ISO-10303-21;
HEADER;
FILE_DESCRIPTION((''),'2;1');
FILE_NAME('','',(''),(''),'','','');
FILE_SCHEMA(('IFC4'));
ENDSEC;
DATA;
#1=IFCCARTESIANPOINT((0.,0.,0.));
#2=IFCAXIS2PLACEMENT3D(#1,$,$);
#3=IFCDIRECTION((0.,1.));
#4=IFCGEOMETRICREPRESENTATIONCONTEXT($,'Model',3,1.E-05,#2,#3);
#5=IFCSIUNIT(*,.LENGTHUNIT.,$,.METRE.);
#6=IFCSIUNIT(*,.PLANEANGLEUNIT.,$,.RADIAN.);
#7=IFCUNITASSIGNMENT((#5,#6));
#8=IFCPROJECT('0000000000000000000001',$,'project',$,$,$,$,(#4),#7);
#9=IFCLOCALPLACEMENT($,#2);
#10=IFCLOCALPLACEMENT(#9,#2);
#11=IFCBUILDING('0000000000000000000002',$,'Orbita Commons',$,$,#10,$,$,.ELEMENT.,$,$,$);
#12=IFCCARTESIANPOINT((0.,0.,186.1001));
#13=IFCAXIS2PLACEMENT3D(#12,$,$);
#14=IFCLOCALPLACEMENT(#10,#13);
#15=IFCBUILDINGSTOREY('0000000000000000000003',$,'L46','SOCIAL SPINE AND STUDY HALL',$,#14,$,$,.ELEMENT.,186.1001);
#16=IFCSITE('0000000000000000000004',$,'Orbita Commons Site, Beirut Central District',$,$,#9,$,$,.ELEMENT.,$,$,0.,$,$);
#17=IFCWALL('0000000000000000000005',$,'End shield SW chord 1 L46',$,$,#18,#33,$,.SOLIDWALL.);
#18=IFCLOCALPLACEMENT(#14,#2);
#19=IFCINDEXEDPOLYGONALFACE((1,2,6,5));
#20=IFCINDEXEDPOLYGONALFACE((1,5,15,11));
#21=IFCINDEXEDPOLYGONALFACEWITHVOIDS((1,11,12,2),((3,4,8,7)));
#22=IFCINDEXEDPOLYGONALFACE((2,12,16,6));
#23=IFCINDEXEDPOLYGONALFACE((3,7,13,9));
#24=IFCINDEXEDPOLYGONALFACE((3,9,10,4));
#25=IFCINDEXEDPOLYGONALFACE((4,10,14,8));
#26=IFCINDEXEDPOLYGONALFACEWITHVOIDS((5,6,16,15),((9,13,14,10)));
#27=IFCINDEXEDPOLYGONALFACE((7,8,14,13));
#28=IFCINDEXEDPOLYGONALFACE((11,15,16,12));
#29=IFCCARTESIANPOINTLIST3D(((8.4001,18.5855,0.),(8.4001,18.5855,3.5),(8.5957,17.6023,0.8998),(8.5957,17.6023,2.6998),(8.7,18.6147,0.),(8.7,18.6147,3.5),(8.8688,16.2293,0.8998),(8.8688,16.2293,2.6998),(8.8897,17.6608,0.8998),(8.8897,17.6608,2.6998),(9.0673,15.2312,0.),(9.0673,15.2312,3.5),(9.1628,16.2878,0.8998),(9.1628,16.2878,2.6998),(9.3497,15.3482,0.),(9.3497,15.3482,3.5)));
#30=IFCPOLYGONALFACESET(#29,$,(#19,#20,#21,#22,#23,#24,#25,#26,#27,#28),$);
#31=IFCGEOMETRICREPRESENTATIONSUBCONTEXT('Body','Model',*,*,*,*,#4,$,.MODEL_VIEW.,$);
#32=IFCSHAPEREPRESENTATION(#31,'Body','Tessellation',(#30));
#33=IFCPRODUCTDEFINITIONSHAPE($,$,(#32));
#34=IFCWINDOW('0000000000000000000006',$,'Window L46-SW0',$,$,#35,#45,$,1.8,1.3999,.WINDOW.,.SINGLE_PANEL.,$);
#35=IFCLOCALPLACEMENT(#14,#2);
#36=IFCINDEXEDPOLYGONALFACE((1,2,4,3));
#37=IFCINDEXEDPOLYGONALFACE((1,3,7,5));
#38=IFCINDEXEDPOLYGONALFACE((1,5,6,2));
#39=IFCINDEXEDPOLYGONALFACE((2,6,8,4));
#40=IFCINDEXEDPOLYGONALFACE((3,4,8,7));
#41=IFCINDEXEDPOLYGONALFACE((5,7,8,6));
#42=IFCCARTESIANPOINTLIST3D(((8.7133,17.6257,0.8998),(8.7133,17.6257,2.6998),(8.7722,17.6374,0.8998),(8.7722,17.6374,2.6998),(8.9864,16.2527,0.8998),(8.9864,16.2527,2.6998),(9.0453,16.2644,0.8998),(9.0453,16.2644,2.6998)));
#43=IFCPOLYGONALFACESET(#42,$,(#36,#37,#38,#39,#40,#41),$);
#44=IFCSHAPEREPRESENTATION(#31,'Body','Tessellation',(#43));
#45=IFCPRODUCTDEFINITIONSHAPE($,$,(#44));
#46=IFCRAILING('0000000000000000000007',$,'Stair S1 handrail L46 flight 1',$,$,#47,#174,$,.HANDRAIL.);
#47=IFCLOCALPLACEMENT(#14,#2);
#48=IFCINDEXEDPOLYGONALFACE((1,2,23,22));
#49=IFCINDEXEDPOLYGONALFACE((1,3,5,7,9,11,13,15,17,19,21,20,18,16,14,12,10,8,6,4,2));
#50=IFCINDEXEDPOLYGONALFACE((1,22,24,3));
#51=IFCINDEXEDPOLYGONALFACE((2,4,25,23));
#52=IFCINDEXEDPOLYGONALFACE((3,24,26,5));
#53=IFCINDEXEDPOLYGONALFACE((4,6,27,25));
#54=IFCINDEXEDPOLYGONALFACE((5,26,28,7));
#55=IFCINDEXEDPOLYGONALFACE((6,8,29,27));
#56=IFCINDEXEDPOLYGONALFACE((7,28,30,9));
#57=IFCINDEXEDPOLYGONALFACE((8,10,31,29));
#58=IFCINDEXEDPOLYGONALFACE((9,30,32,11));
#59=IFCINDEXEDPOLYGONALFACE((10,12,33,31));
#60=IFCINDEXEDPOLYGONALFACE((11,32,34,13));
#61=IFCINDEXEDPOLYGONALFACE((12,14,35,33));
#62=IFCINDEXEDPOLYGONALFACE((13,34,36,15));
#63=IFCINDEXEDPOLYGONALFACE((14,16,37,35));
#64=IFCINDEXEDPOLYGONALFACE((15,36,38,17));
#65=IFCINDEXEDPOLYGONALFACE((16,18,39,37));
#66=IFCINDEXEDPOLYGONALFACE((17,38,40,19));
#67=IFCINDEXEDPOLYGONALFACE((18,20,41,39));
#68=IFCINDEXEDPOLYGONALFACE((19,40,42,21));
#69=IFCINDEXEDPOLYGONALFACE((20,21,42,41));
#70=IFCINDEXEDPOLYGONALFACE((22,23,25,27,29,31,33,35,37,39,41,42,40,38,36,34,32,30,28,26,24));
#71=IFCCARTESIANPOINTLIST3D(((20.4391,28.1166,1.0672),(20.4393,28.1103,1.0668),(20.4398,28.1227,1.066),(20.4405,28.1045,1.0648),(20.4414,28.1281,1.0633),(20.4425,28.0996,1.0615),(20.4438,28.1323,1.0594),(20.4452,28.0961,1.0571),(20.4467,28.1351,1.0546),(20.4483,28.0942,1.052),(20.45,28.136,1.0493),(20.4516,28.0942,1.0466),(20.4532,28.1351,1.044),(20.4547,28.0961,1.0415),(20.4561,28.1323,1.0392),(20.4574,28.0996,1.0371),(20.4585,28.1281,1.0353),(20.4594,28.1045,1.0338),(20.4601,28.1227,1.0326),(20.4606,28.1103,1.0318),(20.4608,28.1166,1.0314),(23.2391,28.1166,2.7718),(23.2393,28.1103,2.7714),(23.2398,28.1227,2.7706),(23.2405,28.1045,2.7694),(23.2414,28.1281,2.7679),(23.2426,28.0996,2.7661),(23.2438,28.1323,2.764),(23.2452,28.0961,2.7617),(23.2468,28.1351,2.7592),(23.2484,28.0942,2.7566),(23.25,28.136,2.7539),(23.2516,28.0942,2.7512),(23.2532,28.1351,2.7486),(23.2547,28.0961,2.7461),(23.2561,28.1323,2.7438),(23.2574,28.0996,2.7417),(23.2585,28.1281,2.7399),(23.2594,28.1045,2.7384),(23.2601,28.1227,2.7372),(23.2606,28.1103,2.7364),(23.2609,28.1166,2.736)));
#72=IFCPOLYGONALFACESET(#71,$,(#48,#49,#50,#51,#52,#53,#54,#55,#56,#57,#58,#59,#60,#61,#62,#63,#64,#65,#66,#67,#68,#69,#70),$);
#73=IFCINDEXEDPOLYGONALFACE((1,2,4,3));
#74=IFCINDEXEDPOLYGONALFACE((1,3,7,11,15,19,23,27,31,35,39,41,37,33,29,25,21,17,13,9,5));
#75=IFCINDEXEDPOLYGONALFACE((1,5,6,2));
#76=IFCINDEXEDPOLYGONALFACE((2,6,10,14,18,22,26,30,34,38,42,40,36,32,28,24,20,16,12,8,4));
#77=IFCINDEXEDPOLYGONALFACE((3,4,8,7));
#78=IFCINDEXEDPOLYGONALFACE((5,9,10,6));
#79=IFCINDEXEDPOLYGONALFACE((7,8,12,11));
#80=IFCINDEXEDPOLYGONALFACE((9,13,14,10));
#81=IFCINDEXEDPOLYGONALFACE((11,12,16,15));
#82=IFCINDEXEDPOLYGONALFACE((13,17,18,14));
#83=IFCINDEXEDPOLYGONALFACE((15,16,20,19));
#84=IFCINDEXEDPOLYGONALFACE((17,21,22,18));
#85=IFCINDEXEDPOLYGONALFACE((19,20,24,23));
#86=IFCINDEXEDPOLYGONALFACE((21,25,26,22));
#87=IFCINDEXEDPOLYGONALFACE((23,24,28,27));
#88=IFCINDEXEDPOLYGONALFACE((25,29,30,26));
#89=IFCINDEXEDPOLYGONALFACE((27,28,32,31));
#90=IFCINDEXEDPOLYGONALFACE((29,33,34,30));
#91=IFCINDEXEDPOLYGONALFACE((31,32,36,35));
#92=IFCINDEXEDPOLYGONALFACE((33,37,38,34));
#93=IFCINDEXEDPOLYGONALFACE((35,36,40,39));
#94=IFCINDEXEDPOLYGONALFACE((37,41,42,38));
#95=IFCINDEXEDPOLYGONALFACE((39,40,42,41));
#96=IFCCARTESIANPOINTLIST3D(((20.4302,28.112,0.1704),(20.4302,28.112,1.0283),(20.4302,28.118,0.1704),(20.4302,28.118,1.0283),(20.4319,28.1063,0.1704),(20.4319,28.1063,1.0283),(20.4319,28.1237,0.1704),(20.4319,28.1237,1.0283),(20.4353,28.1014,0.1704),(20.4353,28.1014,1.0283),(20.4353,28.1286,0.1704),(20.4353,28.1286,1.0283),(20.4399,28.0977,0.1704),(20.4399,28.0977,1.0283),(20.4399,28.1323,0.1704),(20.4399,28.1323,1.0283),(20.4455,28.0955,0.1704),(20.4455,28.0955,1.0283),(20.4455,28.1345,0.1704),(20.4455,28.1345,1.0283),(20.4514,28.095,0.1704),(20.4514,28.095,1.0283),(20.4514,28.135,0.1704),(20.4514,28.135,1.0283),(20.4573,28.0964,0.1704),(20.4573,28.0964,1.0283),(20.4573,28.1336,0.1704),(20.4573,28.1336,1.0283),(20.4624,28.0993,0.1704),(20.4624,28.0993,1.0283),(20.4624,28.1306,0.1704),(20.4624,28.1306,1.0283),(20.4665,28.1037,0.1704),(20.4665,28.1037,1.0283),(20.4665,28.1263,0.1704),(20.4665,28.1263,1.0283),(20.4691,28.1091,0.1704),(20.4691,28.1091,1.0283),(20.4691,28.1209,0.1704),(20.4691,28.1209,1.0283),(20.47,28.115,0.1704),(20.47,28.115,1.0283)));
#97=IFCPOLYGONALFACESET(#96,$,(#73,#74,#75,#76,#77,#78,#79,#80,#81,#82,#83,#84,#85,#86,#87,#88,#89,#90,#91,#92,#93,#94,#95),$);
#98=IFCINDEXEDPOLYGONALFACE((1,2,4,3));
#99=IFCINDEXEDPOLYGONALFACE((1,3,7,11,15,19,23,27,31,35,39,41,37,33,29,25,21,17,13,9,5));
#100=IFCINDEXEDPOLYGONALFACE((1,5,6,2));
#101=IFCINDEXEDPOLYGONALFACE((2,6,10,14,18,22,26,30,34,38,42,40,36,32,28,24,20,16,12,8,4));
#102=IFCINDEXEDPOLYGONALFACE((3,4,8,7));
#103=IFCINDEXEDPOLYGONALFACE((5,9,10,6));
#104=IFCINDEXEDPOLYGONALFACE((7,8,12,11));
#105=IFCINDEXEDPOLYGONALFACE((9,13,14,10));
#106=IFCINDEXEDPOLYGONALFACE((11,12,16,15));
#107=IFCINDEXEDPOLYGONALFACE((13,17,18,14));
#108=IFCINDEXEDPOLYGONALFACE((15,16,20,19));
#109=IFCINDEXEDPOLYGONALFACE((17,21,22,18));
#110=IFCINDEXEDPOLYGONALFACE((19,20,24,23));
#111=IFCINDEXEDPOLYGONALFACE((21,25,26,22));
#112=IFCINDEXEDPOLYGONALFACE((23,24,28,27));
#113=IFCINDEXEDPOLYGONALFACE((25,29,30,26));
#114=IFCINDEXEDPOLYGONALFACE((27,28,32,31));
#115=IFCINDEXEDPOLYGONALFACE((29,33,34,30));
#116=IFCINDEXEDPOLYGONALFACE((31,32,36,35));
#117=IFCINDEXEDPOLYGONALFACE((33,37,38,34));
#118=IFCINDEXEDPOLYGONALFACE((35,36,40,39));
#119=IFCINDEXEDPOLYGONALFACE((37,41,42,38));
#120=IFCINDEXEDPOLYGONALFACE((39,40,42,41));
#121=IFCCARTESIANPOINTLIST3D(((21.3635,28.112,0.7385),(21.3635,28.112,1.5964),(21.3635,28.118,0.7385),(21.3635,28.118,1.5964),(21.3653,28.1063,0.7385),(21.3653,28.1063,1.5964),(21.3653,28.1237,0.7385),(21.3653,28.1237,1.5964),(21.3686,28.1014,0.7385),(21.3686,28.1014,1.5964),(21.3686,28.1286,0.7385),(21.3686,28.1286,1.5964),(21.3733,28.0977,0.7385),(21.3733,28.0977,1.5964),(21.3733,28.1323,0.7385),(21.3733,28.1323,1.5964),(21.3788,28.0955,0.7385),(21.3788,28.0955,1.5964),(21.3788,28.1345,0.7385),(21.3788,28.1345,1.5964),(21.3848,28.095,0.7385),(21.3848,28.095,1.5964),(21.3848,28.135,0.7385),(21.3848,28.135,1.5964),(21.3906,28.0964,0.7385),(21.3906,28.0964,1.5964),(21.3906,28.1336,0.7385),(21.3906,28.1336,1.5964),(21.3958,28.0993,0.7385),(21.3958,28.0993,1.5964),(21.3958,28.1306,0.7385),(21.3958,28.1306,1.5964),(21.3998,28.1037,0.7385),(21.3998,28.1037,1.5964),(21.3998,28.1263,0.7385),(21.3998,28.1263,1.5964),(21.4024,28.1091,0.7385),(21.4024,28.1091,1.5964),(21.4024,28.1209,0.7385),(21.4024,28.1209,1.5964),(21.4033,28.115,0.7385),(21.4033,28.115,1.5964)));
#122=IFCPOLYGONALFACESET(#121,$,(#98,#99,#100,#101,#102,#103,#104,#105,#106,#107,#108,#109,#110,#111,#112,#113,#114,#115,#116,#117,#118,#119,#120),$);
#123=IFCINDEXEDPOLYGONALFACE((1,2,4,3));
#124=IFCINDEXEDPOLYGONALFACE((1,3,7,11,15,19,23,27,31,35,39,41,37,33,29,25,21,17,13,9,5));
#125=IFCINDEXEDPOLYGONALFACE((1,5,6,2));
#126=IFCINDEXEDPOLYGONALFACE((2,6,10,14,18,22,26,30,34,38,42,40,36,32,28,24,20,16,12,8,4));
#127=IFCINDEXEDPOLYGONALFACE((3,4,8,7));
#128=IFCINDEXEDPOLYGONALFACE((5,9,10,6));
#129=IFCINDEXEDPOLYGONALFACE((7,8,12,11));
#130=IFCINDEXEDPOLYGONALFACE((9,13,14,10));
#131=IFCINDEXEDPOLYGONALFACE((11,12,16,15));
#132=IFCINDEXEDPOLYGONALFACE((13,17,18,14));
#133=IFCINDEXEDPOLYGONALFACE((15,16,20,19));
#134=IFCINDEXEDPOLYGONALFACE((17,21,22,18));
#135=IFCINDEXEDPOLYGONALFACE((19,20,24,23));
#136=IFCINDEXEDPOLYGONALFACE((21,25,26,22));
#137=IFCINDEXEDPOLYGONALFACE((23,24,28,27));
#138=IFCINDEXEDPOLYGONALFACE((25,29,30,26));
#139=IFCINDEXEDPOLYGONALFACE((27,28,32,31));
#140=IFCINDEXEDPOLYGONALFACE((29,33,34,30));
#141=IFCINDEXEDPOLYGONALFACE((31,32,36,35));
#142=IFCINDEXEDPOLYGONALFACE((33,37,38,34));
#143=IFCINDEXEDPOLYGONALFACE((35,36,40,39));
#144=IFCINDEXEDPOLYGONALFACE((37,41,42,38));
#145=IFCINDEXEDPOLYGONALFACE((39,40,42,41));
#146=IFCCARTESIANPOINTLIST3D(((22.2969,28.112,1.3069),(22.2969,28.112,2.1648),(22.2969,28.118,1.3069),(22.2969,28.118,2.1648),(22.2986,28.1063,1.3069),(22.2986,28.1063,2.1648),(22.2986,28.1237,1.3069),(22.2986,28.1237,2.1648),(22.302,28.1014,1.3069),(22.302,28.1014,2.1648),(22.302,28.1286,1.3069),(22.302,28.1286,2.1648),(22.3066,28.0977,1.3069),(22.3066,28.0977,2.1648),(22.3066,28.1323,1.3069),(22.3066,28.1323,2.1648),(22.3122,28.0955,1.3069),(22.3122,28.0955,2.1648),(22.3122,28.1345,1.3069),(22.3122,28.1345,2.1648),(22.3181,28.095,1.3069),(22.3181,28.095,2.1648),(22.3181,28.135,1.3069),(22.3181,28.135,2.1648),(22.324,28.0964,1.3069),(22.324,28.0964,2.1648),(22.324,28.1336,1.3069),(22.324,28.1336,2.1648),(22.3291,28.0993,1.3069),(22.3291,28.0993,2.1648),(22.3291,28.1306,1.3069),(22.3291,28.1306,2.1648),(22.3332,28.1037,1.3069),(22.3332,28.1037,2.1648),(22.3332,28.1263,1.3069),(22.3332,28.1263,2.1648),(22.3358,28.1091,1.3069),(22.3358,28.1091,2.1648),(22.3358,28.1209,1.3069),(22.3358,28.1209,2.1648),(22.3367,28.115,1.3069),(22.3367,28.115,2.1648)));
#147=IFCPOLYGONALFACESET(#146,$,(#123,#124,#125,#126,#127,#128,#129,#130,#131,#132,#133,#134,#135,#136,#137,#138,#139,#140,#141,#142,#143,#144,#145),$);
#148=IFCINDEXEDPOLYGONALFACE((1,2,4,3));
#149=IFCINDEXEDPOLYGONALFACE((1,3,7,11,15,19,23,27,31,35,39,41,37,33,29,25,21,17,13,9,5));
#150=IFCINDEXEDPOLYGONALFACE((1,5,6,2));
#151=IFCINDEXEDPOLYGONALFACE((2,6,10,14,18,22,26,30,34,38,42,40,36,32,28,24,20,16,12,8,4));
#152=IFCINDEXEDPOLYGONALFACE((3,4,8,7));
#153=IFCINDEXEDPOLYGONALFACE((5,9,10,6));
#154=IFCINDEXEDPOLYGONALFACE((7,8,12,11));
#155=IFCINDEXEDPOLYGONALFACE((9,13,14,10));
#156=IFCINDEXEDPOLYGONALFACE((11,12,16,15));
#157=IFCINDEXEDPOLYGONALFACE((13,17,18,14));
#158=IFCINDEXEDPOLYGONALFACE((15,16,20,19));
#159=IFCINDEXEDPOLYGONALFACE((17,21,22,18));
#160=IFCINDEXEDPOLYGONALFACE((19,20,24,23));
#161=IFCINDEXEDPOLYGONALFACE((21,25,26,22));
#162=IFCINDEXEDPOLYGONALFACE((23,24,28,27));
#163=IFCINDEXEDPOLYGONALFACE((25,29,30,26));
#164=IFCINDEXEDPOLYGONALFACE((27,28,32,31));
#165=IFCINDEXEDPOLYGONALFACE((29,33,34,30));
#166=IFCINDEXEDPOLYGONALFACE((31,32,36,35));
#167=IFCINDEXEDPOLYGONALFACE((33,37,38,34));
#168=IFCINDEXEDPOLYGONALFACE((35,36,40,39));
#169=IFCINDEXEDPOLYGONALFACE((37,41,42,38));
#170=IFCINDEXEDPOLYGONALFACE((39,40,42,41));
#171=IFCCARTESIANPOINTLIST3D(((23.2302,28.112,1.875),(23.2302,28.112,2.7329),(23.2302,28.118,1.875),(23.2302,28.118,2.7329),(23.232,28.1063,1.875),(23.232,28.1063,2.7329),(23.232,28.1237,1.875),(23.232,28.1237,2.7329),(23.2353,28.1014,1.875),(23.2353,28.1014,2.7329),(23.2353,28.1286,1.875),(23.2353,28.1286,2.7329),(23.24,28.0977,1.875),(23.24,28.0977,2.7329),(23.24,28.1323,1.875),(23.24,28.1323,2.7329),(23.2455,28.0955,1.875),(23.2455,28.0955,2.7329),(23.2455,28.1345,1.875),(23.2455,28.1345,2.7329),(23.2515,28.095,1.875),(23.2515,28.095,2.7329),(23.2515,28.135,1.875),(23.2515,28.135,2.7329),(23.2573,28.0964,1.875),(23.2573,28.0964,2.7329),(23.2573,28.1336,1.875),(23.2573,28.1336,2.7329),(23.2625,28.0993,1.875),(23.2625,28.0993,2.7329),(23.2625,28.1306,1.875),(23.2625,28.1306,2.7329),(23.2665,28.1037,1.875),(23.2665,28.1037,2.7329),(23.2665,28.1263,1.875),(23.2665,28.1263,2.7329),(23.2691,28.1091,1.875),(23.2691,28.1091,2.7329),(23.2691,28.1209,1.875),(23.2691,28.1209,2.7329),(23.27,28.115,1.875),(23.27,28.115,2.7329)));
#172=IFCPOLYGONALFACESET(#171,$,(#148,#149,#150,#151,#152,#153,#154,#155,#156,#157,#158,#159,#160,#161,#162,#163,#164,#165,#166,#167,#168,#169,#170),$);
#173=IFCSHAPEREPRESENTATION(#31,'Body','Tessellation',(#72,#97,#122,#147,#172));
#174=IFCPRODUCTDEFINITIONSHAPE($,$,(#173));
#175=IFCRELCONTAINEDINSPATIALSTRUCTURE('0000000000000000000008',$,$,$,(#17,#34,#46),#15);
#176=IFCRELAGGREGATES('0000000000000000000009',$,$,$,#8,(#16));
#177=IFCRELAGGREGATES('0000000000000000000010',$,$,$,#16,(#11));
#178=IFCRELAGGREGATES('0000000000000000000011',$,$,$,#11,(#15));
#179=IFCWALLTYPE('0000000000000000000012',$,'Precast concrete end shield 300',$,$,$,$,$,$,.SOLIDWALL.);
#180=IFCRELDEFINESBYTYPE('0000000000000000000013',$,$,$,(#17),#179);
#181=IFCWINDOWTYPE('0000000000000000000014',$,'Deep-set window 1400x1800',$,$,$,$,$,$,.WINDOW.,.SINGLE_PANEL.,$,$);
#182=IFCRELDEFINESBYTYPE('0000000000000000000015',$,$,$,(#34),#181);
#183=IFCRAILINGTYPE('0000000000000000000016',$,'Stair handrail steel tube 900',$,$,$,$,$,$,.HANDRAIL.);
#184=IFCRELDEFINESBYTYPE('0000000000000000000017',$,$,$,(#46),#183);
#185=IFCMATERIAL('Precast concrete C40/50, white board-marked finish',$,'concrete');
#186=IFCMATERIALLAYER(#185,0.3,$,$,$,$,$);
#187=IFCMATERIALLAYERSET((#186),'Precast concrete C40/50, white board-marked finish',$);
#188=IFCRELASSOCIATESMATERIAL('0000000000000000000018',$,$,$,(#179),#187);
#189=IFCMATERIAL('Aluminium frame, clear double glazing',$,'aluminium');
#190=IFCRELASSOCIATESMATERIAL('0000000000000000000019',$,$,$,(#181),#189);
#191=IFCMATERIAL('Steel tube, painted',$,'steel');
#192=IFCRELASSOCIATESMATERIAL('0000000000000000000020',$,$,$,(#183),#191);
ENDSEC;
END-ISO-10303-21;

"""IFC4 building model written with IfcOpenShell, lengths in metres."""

from ifc_helpers import new_model, si_unit, direction, frame, frame_2d, origin, origin_2d, place, context, subcontext, project, spatial, polyline, rectangle, circle, outline, extrude, material, layer, layer_set, type_object, element, fill, save


model = new_model("IFC4")

# Units and contexts
model_context = context("Model", 3, precision=1e-05, world=origin(), true_north=direction((0.0, 1.0)))
body_context = subcontext(model_context, "Body", "Model", "MODEL_VIEW")
ifc_project = project(units=[si_unit("LENGTHUNIT", "METRE"), si_unit("PLANEANGLEUNIT", "RADIAN")], contexts=[model_context])

# Site, building, storey
site_placement = place(None, origin())
site = spatial("IfcSite", under=ifc_project, at=site_placement, Name="Orbita Commons Site, Beirut Central District", CompositionType="ELEMENT", RefElevation=0.0)
building_placement = place(site_placement, origin())
building = spatial("IfcBuilding", under=site, at=building_placement, Name="Orbita Commons", CompositionType="ELEMENT")
storey_placement = place(building_placement, frame((0.0, 0.0, 186.1001)))
storey = spatial("IfcBuildingStorey", under=building, at=storey_placement, Name="L46", Description="SOCIAL SPINE AND STUDY HALL", CompositionType="ELEMENT", Elevation=186.1001)

# Wall, opening, window
ifc_material_1 = material(Name="Precast concrete C40/50, white board-marked finish", Category="concrete")
ifc_layer_1 = layer(ifc_material_1, 0.3)
ifc_layer_set_1 = layer_set([ifc_layer_1], Name="Precast concrete C40/50, white board-marked finish")
wall_type_1 = type_object("IfcWallType", Name="Precast concrete end shield 300", PredefinedType="SOLIDWALL", material=ifc_layer_set_1)
wall_1_placement = place(storey_placement, frame((8.55, 18.6001, 0.0), z_axis=(0.0, 0.0, 1.0), x_axis=(0.195087, -0.980786, 0.0)))
wall_1 = element("IfcWall", 1, at=wall_1_placement, inside=storey, type_object=wall_type_1, Name="End shield SW chord 1 L46", PredefinedType="SOLIDWALL", context=body_context, shape_type="SweptSolid", body=[
    extrude(outline(polyline([(-0.0149, -0.1499), (3.405, -0.1499), (3.3455, 0.1499), (0.0149, 0.1499), (-0.0149, -0.1499)])), origin(), (0.0, 0.0, 1.0), 3.5),
])
opening_1_placement = place(wall_1_placement, frame((0.9875, 0.0, 0.8999)))
opening_1 = element("IfcOpeningElement", 2, at=opening_1_placement, cuts=wall_1, PredefinedType="OPENING", context=body_context, shape_type="SweptSolid", body=[
    extrude(rectangle(XDim=1.3999, YDim=1.8, at=frame_2d((0.7, 0.8999))), frame((0.0, 0.1599, 0.0), z_axis=(0.0, -1.0, 0.0), x_axis=(1.0, 0.0, 0.0)), (0.0, 0.0, 1.0), 0.3201),
])
ifc_material_2 = material(Name="Aluminium frame, clear double glazing", Category="aluminium")
window_type = type_object("IfcWindowType", Name="Deep-set window 1400x1800", PartitioningType="SINGLE_PANEL", PredefinedType="WINDOW", material=ifc_material_2)
window_placement = place(opening_1_placement, origin())
window = element("IfcWindow", 3, at=window_placement, inside=storey, type_object=window_type, Name="Window L46-SW0", OverallHeight=1.8, OverallWidth=1.3999, PartitioningType="SINGLE_PANEL", PredefinedType="WINDOW", context=body_context, shape_type="SweptSolid", body=[
    extrude(rectangle(XDim=1.3999, YDim=1.8, at=frame_2d((0.7, 0.8999))), frame((0.0, 0.03, 0.0), z_axis=(0.0, -1.0, 0.0), x_axis=(1.0, 0.0, 0.0)), (0.0, 0.0, 1.0), 0.0601),
])
fill(opening_1, window)

# Railing
ifc_material_3 = material(Name="Steel tube, painted", Category="steel")
railing_type = type_object("IfcRailingType", Name="Stair handrail steel tube 900", PredefinedType="HANDRAIL", material=ifc_material_3)
for number, where, name in (
    (4, (20.45, 28.115, 0.1704), "Stair S1 handrail L46 flight 1"),
):
    element("IfcRailing", number, at=place(storey_placement, frame(where)), inside=storey, type_object=railing_type, Name=name, PredefinedType="HANDRAIL", context=body_context, shape_type="SweptSolid", body=[
        extrude(circle(Radius=0.021, at=origin_2d()), frame((0.0, 0.0, 0.8789), z_axis=(0.85417, 0.0, 0.519994), x_axis=(0.0, 1.0, 0.0)), (0.0, 0.0, 1.0), 3.2781),
        extrude(circle(Radius=0.02, at=origin_2d()), origin(), (0.0, 0.0, 1.0), 0.8579),
        extrude(circle(Radius=0.02, at=origin_2d()), frame((0.9333, 0.0, 0.5681)), (0.0, 0.0, 1.0), 0.8579),
        extrude(circle(Radius=0.02, at=origin_2d()), frame((1.8667, 0.0, 1.1365)), (0.0, 0.0, 1.0), 0.8579),
        extrude(circle(Radius=0.02, at=origin_2d()), frame((2.8, 0.0, 1.7046)), (0.0, 0.0, 1.0), 0.8579),
    ])

save(model, "model.ifc")
